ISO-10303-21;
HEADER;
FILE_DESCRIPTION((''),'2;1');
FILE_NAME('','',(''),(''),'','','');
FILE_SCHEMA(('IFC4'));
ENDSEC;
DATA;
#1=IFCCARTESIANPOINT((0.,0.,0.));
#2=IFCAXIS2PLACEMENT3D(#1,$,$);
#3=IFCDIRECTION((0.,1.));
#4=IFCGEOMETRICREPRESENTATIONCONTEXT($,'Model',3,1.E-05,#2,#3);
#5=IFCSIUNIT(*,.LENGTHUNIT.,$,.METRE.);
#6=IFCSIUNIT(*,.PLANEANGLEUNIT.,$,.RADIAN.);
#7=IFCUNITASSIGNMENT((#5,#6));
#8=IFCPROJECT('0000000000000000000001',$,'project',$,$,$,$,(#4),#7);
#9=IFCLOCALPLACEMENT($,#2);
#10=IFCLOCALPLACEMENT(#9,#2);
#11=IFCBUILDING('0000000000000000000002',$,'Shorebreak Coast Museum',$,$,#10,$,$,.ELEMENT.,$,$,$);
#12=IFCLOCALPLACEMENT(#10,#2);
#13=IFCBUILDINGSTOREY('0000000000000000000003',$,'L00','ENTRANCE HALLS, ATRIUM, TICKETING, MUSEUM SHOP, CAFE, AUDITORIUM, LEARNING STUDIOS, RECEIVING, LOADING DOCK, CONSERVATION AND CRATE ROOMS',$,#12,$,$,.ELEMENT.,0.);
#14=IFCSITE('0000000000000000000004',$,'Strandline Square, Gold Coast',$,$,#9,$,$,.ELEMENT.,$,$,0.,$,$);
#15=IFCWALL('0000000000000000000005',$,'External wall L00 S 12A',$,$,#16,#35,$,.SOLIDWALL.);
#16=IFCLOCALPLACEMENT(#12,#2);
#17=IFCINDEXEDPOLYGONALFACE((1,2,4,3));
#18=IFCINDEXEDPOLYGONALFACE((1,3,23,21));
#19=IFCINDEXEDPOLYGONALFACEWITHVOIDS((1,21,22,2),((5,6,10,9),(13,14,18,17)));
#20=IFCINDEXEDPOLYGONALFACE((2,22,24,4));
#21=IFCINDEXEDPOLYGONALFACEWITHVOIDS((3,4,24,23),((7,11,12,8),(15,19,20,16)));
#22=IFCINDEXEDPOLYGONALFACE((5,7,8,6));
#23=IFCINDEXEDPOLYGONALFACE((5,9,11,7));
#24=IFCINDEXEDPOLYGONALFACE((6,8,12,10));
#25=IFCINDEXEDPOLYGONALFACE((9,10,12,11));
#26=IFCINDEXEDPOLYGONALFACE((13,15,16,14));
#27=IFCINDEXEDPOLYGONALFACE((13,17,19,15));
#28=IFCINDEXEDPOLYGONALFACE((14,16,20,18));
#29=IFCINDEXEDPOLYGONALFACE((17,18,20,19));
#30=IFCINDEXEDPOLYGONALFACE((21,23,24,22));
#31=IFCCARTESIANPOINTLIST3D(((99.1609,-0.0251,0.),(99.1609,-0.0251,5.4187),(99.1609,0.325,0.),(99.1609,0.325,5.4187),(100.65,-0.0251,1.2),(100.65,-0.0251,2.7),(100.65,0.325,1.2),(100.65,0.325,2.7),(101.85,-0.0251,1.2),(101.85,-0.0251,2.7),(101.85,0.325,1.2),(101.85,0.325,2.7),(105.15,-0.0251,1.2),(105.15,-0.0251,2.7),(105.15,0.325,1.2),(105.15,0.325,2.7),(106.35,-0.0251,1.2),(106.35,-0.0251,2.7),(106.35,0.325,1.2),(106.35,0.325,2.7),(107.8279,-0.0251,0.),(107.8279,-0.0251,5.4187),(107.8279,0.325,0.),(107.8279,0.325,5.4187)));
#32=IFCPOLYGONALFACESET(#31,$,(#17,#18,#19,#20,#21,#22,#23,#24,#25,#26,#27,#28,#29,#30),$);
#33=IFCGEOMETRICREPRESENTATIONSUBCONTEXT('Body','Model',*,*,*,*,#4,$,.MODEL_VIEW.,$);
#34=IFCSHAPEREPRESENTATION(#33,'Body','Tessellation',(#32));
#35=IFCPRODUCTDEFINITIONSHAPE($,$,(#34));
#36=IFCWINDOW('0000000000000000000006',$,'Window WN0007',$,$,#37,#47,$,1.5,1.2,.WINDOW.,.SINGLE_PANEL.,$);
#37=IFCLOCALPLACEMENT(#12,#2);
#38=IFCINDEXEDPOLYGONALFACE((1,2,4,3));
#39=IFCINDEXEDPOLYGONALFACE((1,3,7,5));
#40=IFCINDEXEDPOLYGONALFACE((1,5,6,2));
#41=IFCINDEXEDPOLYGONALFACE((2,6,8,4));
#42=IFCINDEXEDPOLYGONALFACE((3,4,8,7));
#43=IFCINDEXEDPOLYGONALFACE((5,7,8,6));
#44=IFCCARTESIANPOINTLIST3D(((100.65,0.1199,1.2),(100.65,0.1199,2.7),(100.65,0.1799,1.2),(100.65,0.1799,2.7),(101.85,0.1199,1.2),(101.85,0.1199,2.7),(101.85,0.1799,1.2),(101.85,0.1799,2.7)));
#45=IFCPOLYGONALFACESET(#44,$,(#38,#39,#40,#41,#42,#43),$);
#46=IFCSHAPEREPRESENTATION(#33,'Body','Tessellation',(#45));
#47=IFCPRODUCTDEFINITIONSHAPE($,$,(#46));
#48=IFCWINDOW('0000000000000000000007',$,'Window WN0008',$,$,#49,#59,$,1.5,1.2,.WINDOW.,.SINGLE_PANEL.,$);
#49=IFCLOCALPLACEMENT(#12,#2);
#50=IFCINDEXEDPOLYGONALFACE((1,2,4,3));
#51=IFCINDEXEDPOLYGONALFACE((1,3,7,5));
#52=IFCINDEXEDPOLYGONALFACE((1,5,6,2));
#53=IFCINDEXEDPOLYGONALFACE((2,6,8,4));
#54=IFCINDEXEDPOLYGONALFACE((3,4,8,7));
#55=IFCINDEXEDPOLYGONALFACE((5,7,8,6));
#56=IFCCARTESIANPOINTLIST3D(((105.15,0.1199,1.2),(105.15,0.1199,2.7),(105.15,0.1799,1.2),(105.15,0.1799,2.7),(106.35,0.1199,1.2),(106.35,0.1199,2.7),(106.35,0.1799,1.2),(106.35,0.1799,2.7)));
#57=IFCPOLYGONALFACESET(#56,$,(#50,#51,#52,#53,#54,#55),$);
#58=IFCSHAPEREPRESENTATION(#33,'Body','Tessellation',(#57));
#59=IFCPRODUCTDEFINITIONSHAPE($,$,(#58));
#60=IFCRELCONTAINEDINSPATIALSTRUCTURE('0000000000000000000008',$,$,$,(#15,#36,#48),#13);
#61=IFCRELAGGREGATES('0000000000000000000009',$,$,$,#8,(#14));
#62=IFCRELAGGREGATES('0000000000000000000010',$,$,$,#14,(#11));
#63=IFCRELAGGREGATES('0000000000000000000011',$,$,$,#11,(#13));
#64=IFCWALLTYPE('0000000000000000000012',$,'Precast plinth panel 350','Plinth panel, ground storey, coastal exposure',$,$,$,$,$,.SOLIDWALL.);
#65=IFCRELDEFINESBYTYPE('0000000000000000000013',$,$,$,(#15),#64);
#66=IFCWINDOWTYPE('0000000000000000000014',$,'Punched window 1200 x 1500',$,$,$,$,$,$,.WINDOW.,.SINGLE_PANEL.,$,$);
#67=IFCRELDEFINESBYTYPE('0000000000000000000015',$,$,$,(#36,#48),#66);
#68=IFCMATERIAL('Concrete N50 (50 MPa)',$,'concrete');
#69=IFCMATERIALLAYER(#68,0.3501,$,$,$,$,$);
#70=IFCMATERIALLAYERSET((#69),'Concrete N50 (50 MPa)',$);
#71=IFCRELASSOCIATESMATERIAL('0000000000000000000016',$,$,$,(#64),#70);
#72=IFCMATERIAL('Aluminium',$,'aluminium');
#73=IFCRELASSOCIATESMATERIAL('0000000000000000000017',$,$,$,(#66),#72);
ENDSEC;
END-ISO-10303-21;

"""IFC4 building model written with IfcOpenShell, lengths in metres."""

from ifc_helpers import new_model, si_unit, direction, frame, frame_2d, origin, place, context, subcontext, project, spatial, rectangle, extrude, material, layer, layer_set, type_object, element, fill, save


model = new_model("IFC4")

# Units and contexts
model_context = context("Model", 3, precision=1e-05, world=origin(), true_north=direction((0.0, 1.0)))
body_context = subcontext(model_context, "Body", "Model", "MODEL_VIEW")
ifc_project = project(units=[si_unit("LENGTHUNIT", "METRE"), si_unit("PLANEANGLEUNIT", "RADIAN")], contexts=[model_context])

# Site, building, storey
site_placement = place(None, origin())
site = spatial("IfcSite", under=ifc_project, at=site_placement, Name="Strandline Square, Gold Coast", CompositionType="ELEMENT", RefElevation=0.0)
building_placement = place(site_placement, origin())
building = spatial("IfcBuilding", under=site, at=building_placement, Name="Shorebreak Coast Museum", CompositionType="ELEMENT")
storey_placement = place(building_placement, origin())
storey = spatial("IfcBuildingStorey", under=building, at=storey_placement, Name="L00", Description="ENTRANCE HALLS, ATRIUM, TICKETING, MUSEUM SHOP, CAFE, AUDITORIUM, LEARNING STUDIOS, RECEIVING, LOADING DOCK, CONSERVATION AND CRATE ROOMS", CompositionType="ELEMENT", Elevation=0.0)

# Wall, openings, windows
ifc_material_1 = material(Name="Concrete N50 (50 MPa)", Category="concrete")
ifc_layer_1 = layer(ifc_material_1, 0.3501)
ifc_layer_set_1 = layer_set([ifc_layer_1], Name="Concrete N50 (50 MPa)")
wall_type_1 = type_object("IfcWallType", Name="Precast plinth panel 350", Description="Plinth panel, ground storey, coastal exposure", PredefinedType="SOLIDWALL", material=ifc_layer_set_1)
wall_1_placement = place(storey_placement, frame((99.1609, 0.1499, 0.0), z_axis=(0.0, 0.0, 1.0), x_axis=(1.0, 0.0, 0.0)))
wall_1 = element("IfcWall", 1, at=wall_1_placement, inside=storey, type_object=wall_type_1, Name="External wall L00 S 12A", PredefinedType="SOLIDWALL", context=body_context, shape_type="SweptSolid", body=[
    extrude(rectangle(XDim=8.667, YDim=0.3501, at=frame_2d((4.3335, 0.0))), origin(), (0.0, 0.0, 1.0), 5.4187),
])
opening_1_placement = place(wall_1_placement, frame((1.489, 0.0, 1.2)))
opening_1 = element("IfcOpeningElement", 2, at=opening_1_placement, cuts=wall_1, PredefinedType="OPENING", context=body_context, shape_type="SweptSolid", body=[
    extrude(rectangle(XDim=1.2, YDim=1.5, at=frame_2d((0.6001, 0.75))), frame((0.0, 0.1851, 0.0), z_axis=(0.0, -1.0, 0.0), x_axis=(1.0, 0.0, 0.0)), (0.0, 0.0, 1.0), 0.3701),
])
opening_2_placement = place(wall_1_placement, frame((5.989, 0.0, 1.2)))
opening_2 = element("IfcOpeningElement", 3, at=opening_2_placement, cuts=wall_1, PredefinedType="OPENING", context=body_context, shape_type="SweptSolid", body=[
    extrude(rectangle(XDim=1.2, YDim=1.5, at=frame_2d((0.6001, 0.75))), frame((0.0, 0.1851, 0.0), z_axis=(0.0, -1.0, 0.0), x_axis=(1.0, 0.0, 0.0)), (0.0, 0.0, 1.0), 0.3701),
])
ifc_material_2 = material(Name="Aluminium", Category="aluminium")
window_type = type_object("IfcWindowType", Name="Punched window 1200 x 1500", PartitioningType="SINGLE_PANEL", PredefinedType="WINDOW", material=ifc_material_2)
window_1_placement = place(opening_1_placement, origin())
window_1 = element("IfcWindow", 4, at=window_1_placement, inside=storey, type_object=window_type, Name="Window WN0007", OverallHeight=1.5, OverallWidth=1.2, PartitioningType="SINGLE_PANEL", PredefinedType="WINDOW", context=body_context, shape_type="SweptSolid", body=[
    extrude(rectangle(XDim=1.2, YDim=1.5, at=frame_2d((0.6001, 0.75))), frame((0.0, 0.03, 0.0), z_axis=(0.0, -1.0, 0.0), x_axis=(1.0, 0.0, 0.0)), (0.0, 0.0, 1.0), 0.0601),
])
fill(opening_1, window_1)
window_2_placement = place(opening_2_placement, origin())
window_2 = element("IfcWindow", 5, at=window_2_placement, inside=storey, type_object=window_type, Name="Window WN0008", OverallHeight=1.5, OverallWidth=1.2, PartitioningType="SINGLE_PANEL", PredefinedType="WINDOW", context=body_context, shape_type="SweptSolid", body=[
    extrude(rectangle(XDim=1.2, YDim=1.5, at=frame_2d((0.6001, 0.75))), frame((0.0, 0.03, 0.0), z_axis=(0.0, -1.0, 0.0), x_axis=(1.0, 0.0, 0.0)), (0.0, 0.0, 1.0), 0.0601),
])
fill(opening_2, window_2)

save(model, "model.ifc")
